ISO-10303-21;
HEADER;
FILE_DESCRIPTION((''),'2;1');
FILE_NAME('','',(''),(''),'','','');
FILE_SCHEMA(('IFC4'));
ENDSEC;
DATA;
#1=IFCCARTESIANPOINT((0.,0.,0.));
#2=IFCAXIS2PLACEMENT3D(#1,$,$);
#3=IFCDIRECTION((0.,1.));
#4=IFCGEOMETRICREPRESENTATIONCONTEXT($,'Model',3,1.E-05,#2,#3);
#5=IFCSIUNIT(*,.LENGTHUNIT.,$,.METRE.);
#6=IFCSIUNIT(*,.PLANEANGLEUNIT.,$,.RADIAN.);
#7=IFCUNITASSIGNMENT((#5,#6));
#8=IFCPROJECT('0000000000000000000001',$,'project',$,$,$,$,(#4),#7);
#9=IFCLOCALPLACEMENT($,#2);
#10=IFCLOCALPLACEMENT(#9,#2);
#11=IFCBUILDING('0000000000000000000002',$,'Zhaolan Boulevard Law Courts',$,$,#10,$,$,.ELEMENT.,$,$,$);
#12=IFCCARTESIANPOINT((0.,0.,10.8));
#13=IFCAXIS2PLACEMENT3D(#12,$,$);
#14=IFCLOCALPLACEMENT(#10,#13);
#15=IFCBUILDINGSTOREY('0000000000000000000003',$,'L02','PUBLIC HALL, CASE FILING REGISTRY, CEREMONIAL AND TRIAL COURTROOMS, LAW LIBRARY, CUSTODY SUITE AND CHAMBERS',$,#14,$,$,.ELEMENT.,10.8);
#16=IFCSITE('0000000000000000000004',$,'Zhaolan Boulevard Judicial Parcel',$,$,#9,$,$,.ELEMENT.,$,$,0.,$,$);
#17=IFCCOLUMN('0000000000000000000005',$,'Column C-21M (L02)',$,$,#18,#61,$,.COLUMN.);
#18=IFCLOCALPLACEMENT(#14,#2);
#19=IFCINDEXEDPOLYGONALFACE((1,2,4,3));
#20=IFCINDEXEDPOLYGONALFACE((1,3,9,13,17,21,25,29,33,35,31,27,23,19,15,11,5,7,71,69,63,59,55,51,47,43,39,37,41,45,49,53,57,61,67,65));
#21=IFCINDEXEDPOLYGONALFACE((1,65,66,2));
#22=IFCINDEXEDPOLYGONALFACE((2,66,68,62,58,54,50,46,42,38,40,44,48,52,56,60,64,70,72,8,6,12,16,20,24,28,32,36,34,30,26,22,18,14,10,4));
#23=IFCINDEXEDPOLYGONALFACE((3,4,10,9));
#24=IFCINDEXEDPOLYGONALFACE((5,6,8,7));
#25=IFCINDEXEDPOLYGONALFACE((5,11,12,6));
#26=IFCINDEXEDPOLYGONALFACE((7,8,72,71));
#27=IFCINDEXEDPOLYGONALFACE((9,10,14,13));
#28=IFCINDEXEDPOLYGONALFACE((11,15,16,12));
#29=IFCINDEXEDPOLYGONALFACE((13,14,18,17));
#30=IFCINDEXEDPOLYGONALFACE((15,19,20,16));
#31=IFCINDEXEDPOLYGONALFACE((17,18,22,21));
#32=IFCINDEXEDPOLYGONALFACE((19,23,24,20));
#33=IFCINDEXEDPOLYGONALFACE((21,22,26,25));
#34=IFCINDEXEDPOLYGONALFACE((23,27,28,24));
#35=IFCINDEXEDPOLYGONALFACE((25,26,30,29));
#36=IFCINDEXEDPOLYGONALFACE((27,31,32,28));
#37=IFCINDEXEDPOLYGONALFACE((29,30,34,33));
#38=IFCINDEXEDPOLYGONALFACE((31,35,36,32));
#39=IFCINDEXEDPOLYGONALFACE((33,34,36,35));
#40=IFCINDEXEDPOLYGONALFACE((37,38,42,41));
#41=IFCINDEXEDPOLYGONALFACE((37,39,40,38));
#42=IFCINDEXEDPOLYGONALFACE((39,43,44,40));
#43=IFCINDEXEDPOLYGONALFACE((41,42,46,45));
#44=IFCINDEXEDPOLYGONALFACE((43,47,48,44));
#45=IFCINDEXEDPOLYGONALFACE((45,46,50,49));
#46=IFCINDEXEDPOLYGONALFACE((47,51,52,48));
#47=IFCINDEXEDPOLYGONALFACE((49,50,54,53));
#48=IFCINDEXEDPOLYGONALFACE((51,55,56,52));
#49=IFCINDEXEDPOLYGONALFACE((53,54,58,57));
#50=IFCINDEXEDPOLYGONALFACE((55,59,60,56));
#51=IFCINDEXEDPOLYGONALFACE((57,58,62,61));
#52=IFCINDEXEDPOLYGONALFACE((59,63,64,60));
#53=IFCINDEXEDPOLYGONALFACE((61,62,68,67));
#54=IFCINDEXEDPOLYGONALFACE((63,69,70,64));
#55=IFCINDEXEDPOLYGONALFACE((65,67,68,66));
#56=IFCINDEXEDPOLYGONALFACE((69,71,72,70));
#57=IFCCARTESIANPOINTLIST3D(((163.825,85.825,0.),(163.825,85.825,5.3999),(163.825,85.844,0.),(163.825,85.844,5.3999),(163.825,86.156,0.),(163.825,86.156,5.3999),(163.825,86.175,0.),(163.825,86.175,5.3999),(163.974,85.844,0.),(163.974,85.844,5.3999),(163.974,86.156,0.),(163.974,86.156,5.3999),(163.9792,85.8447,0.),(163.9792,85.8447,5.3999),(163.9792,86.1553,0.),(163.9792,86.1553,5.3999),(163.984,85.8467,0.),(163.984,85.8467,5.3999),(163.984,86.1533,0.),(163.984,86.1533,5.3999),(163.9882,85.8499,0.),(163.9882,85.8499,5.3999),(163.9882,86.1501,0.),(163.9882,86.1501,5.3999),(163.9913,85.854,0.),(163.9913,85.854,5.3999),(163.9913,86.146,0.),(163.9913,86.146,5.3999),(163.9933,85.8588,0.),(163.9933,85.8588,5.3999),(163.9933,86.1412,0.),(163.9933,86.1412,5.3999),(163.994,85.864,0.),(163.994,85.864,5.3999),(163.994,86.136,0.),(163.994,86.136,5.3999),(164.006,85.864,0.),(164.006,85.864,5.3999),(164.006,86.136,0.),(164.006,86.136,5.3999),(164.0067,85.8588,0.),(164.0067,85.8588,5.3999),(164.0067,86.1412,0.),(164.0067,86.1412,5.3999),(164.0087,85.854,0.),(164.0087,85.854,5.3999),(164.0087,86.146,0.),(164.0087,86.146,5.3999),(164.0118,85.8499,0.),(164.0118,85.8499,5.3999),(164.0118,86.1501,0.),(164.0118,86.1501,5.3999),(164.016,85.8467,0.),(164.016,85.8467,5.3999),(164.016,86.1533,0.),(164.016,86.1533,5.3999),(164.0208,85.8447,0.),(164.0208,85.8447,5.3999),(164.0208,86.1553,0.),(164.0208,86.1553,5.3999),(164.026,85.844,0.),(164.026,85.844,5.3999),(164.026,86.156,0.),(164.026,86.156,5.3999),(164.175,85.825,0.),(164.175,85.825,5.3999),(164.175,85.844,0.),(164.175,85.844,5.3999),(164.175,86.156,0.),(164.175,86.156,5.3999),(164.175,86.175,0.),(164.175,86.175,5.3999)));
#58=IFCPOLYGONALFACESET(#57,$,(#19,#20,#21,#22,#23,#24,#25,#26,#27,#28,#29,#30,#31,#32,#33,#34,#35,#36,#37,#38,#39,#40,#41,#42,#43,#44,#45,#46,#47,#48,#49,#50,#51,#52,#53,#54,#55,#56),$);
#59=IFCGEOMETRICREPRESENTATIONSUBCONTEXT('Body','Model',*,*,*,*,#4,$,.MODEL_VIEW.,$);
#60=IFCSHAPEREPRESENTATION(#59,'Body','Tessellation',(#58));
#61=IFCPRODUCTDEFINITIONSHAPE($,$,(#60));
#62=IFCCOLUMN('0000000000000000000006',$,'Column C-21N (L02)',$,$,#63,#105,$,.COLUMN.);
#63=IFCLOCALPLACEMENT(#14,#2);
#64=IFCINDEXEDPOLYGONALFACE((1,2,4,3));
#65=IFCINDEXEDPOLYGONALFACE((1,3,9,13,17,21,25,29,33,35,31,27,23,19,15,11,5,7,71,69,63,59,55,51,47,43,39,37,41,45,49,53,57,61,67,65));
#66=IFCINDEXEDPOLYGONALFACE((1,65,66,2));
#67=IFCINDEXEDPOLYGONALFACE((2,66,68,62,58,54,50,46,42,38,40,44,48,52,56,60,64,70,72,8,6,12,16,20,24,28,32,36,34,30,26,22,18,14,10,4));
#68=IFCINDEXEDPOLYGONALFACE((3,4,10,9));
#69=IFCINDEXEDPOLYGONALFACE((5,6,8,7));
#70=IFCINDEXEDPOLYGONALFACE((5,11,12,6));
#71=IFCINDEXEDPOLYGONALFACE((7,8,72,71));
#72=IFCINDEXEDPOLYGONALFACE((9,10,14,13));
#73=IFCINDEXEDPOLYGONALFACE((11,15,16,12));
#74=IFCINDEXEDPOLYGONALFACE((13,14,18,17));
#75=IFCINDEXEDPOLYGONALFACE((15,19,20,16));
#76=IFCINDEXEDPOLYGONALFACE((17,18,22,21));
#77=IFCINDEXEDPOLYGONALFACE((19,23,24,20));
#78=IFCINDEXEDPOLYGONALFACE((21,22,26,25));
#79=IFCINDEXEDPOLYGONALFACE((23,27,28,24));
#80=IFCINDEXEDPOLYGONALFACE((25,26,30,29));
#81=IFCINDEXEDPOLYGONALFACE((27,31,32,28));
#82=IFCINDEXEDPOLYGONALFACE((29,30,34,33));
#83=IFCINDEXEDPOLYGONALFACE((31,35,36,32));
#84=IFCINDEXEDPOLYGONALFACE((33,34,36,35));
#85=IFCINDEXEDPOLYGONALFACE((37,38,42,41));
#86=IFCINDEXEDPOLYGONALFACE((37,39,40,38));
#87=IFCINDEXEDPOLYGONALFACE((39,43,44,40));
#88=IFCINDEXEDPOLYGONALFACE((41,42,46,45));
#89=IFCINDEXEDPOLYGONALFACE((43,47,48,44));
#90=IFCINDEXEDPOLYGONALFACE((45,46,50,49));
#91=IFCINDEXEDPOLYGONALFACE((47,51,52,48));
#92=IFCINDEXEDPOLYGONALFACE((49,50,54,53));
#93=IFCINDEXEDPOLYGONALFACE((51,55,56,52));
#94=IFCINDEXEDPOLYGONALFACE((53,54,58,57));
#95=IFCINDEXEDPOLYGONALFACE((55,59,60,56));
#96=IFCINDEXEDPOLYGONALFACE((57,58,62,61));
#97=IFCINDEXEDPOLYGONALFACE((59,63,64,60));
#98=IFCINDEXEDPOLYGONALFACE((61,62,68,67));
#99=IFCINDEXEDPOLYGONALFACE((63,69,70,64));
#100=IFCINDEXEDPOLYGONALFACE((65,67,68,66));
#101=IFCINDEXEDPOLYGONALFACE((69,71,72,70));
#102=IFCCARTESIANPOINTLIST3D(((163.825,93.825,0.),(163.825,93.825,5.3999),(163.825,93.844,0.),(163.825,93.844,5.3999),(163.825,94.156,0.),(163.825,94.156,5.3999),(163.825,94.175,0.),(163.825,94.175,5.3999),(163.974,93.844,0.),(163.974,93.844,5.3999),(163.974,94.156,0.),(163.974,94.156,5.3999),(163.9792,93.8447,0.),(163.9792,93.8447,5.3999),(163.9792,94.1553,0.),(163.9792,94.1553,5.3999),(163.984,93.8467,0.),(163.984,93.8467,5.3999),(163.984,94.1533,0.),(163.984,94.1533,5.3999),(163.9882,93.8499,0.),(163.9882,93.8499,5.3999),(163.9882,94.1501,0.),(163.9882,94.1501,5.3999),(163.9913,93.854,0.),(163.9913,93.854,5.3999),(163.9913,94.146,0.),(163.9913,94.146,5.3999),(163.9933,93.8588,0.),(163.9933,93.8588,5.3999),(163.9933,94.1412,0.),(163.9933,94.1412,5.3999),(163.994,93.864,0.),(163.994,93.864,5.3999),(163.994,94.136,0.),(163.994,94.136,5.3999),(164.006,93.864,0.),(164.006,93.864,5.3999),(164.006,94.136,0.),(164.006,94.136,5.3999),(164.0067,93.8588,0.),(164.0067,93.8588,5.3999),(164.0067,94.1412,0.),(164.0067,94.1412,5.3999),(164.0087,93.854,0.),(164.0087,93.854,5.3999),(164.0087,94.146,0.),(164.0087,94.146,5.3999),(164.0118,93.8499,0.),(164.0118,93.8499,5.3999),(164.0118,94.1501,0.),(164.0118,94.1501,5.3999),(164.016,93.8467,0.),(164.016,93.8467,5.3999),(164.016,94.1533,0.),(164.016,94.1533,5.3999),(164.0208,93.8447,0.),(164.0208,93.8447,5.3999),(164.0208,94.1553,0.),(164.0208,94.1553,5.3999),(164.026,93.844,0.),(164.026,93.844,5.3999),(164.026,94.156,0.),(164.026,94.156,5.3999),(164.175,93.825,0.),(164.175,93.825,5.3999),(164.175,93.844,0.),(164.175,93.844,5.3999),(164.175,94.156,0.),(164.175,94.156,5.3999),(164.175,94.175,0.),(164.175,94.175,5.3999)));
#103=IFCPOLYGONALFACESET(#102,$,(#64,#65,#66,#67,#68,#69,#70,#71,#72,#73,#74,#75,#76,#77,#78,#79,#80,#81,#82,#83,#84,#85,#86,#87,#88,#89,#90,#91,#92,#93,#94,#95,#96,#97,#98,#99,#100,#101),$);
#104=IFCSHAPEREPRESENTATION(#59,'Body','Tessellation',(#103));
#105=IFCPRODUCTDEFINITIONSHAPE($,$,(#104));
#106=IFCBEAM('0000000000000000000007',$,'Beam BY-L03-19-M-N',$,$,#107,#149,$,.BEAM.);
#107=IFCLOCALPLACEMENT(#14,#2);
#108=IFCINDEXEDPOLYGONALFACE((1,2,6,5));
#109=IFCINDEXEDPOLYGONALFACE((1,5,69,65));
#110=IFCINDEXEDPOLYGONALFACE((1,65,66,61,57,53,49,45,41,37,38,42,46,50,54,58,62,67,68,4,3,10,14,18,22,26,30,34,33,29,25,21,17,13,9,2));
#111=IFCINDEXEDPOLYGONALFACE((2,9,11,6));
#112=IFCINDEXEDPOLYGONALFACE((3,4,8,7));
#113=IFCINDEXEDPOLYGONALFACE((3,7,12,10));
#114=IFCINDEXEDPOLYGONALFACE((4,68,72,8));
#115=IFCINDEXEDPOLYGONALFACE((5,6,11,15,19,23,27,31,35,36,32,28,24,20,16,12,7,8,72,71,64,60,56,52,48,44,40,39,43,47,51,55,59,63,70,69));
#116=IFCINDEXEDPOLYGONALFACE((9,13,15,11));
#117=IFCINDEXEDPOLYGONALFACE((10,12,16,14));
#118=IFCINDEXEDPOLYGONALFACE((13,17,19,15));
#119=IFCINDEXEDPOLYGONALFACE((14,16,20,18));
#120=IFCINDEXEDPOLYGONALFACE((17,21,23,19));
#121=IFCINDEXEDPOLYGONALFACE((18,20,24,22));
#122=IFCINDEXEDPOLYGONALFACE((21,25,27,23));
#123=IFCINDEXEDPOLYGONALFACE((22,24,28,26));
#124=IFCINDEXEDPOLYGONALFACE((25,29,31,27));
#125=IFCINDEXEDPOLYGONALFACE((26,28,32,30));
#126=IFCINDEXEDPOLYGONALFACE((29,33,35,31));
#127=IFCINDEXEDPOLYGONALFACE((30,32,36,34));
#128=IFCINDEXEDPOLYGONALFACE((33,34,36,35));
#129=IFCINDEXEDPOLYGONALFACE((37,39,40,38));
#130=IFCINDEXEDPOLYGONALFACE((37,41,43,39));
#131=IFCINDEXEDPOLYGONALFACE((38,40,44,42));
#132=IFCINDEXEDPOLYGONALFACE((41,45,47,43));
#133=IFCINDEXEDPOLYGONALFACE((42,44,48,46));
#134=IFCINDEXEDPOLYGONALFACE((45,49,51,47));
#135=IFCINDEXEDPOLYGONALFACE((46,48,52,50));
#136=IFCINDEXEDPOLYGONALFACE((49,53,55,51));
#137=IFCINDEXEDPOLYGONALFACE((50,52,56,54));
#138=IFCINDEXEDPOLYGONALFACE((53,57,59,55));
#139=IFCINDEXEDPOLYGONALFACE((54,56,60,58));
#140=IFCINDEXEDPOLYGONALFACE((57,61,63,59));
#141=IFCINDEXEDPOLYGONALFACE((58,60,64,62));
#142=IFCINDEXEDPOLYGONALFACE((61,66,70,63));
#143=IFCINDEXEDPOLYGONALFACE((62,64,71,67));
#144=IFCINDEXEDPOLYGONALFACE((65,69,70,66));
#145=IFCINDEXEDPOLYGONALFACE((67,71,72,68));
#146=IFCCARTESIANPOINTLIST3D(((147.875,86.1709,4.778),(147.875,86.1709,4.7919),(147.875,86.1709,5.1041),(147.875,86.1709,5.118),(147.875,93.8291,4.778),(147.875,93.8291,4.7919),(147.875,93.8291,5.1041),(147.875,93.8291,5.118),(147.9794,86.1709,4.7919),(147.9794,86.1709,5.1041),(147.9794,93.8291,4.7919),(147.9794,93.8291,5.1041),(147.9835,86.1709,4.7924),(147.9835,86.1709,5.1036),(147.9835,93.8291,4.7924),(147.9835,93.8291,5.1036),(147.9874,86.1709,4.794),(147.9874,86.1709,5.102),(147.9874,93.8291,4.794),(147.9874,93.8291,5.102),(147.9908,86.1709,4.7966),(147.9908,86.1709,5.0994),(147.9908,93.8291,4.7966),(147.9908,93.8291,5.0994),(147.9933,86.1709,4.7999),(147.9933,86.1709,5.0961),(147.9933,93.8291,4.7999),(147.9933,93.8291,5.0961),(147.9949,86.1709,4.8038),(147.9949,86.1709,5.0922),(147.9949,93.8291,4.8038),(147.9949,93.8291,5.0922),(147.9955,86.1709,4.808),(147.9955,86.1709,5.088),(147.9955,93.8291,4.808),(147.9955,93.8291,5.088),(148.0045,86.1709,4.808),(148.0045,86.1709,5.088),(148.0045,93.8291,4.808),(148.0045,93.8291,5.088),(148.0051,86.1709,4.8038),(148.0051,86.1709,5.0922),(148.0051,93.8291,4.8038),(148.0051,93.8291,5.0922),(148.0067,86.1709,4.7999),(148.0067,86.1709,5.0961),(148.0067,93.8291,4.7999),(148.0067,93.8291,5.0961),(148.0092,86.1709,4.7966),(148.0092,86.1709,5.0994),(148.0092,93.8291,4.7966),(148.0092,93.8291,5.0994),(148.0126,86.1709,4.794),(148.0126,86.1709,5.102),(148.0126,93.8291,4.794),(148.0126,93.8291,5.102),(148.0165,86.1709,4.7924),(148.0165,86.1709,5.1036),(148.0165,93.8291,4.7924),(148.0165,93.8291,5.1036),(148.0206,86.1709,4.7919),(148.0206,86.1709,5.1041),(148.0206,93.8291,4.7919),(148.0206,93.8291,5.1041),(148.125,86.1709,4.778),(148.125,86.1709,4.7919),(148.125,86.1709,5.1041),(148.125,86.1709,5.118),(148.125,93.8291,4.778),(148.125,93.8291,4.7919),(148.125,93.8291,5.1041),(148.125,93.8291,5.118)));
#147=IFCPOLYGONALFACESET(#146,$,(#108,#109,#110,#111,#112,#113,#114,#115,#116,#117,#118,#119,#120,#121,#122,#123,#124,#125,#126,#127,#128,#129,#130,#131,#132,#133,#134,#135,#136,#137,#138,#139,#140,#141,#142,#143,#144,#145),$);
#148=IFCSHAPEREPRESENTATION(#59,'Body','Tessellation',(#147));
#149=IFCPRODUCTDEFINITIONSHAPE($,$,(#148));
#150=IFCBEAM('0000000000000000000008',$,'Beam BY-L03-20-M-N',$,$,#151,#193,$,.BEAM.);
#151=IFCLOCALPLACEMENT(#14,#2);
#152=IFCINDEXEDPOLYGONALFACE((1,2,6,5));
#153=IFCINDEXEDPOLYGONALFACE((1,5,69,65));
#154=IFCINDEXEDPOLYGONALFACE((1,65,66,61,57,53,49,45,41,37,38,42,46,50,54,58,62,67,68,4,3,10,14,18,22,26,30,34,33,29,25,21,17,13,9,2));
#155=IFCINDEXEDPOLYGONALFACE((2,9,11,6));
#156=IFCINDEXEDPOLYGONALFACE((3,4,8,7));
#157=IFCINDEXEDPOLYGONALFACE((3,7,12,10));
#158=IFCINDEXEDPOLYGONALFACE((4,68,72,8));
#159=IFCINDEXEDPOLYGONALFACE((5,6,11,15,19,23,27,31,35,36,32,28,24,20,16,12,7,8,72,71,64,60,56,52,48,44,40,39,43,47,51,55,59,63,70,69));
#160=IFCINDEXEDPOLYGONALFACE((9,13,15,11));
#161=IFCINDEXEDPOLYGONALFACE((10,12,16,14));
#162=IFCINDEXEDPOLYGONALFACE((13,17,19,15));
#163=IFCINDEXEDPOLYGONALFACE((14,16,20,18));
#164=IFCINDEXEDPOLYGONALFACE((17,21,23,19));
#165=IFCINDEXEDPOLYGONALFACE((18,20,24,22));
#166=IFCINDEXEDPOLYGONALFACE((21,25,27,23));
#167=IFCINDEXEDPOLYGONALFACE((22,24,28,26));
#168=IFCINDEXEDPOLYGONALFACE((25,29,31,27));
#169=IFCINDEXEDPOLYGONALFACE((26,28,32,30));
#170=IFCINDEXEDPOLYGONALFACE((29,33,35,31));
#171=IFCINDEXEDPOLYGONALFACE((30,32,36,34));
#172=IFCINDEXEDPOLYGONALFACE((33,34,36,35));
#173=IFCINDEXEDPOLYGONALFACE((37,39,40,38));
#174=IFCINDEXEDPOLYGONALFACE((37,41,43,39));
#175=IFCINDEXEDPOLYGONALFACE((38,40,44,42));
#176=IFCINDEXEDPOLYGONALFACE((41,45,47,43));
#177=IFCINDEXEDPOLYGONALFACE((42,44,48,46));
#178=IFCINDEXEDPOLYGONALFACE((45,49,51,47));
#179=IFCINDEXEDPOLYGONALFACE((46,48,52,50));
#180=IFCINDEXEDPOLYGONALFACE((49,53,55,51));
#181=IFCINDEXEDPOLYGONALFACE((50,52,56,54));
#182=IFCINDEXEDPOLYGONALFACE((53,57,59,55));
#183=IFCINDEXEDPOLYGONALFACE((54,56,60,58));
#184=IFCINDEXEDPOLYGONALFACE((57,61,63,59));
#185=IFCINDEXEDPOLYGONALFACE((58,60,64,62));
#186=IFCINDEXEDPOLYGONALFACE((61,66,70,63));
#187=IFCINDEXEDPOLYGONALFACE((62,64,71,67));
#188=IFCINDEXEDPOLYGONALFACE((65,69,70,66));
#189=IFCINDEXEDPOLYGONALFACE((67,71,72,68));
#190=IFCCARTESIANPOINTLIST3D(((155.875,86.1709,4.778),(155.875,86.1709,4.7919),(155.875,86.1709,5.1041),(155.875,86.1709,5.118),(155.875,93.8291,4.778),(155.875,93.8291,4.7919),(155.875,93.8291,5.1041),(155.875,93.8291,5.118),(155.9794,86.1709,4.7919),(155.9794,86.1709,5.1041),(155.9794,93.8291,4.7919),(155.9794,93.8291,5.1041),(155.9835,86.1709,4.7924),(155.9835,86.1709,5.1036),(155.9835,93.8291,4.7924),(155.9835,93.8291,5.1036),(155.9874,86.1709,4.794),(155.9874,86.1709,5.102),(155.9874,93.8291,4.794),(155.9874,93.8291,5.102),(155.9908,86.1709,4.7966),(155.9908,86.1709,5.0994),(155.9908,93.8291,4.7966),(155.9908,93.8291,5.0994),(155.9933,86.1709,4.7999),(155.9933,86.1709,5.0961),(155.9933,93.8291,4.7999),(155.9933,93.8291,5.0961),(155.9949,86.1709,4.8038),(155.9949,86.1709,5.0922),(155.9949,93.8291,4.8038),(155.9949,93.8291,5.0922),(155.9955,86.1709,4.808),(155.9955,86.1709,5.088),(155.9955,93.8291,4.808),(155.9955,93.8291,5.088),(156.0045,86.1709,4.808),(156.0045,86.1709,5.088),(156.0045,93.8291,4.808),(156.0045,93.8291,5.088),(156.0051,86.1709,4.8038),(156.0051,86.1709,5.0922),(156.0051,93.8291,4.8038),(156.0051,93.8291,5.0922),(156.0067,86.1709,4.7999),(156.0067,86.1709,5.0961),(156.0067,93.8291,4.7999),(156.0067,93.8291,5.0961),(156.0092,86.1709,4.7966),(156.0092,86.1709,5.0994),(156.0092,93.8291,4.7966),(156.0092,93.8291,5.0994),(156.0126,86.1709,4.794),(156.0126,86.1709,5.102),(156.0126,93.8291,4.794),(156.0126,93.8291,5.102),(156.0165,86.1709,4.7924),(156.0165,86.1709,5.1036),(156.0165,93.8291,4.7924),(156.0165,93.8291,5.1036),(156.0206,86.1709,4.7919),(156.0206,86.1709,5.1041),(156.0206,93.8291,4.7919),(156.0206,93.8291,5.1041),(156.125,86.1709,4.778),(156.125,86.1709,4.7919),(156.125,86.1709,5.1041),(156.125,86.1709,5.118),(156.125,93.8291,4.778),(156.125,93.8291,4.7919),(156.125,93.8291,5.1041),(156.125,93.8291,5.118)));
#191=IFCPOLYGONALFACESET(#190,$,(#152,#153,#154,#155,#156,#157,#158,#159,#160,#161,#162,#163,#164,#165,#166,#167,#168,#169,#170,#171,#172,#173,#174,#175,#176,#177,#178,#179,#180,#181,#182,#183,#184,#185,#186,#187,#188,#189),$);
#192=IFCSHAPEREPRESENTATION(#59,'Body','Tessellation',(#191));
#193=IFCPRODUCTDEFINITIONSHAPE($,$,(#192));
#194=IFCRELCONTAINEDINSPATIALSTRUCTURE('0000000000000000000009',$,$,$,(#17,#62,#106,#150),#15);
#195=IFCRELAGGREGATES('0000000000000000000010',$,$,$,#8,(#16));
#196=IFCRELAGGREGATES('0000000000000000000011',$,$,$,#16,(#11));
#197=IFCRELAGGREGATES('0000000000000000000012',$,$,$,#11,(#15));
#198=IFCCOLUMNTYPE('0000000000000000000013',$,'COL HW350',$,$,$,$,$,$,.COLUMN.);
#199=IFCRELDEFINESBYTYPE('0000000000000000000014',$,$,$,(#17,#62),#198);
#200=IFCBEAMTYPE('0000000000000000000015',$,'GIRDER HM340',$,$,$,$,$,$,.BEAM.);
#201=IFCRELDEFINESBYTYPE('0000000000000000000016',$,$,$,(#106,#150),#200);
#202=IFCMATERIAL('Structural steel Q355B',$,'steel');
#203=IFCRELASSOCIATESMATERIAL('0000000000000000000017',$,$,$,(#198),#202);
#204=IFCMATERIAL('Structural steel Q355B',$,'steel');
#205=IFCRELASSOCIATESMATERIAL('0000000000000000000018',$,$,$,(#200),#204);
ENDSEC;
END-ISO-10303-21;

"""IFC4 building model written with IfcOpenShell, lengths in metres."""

from ifc_helpers import new_model, si_unit, direction, frame, origin, origin_2d, place, context, subcontext, project, spatial, i_section, extrude, material, material_profile, profile_set, type_object, element, save


model = new_model("IFC4")

# Units and contexts
model_context = context("Model", 3, precision=1e-05, world=origin(), true_north=direction((0.0, 1.0)))
body_context = subcontext(model_context, "Body", "Model", "MODEL_VIEW")
ifc_project = project(units=[si_unit("LENGTHUNIT", "METRE"), si_unit("PLANEANGLEUNIT", "RADIAN")], contexts=[model_context])

# Site, building, storey
site_placement = place(None, origin())
site = spatial("IfcSite", under=ifc_project, at=site_placement, Name="Zhaolan Boulevard Judicial Parcel", CompositionType="ELEMENT", RefElevation=0.0)
building_placement = place(site_placement, origin())
building = spatial("IfcBuilding", under=site, at=building_placement, Name="Zhaolan Boulevard Law Courts", CompositionType="ELEMENT")
storey_placement = place(building_placement, frame((0.0, 0.0, 10.8)))
storey = spatial("IfcBuildingStorey", under=building, at=storey_placement, Name="L02", Description="PUBLIC HALL, CASE FILING REGISTRY, CEREMONIAL AND TRIAL COURTROOMS, LAW LIBRARY, CUSTODY SUITE AND CHAMBERS", CompositionType="ELEMENT", Elevation=10.8)

# Columns
ifc_material_1 = material(Name="Structural steel Q355B", Category="steel")
ifc_material_profile_1 = material_profile(ifc_material_1, i_section(OverallWidth=0.3501, OverallDepth=0.3501, WebThickness=0.012, FlangeThickness=0.019, FilletRadius=0.02, at=origin_2d()), Name="HW350x350")
ifc_profile_set_1 = profile_set([ifc_material_profile_1], Name="Structural steel Q355B")
column_type = type_object("IfcColumnType", Name="COL HW350", PredefinedType="COLUMN", material=ifc_profile_set_1)
for number, where, z_axis, x_axis, name in (
    (1, (164.0, 86.0, 0.0), (0.0, 0.0, 1.0), (1.0, 0.0, 0.0), "Column C-21M (L02)"),
    (2, (164.0, 94.0, 0.0), (0.0, 0.0, 1.0), (1.0, 0.0, 0.0), "Column C-21N (L02)"),
):
    element("IfcColumn", number, at=place(storey_placement, frame(where, z_axis=z_axis, x_axis=x_axis)), inside=storey, type_object=column_type, Name=name, PredefinedType="COLUMN", context=body_context, shape_type="SweptSolid", body=[
        extrude(i_section(OverallWidth=0.3501, OverallDepth=0.3501, WebThickness=0.012, FlangeThickness=0.019, FilletRadius=0.02, at=origin_2d()), origin(), (0.0, 0.0, 1.0), 5.3999),
    ])

# Beams
ifc_material_2 = material(Name="Structural steel Q355B", Category="steel")
ifc_material_profile_2 = material_profile(ifc_material_2, i_section(OverallWidth=0.25, OverallDepth=0.3401, WebThickness=0.009, FlangeThickness=0.0139, FilletRadius=0.0161, at=origin_2d()), Name="HM340x250")
ifc_profile_set_2 = profile_set([ifc_material_profile_2], Name="Structural steel Q355B")
beam_type_1 = type_object("IfcBeamType", Name="GIRDER HM340", PredefinedType="BEAM", material=ifc_profile_set_2)
for number, where, z_axis, x_axis, name in (
    (3, (148.0, 86.1709, 4.948), (0.0, 1.0, 0.0), (-1.0, 0.0, 0.0), "Beam BY-L03-19-M-N"),
    (4, (156.0, 86.1709, 4.948), (0.0, 1.0, 0.0), (-1.0, 0.0, 0.0), "Beam BY-L03-20-M-N"),
):
    element("IfcBeam", number, at=place(storey_placement, frame(where, z_axis=z_axis, x_axis=x_axis)), inside=storey, type_object=beam_type_1, Name=name, PredefinedType="BEAM", context=body_context, shape_type="SweptSolid", body=[
        extrude(i_section(OverallWidth=0.25, OverallDepth=0.3401, WebThickness=0.009, FlangeThickness=0.0139, FilletRadius=0.0161, at=origin_2d()), origin(), (0.0, 0.0, 1.0), 7.6582),
    ])

save(model, "model.ifc")
